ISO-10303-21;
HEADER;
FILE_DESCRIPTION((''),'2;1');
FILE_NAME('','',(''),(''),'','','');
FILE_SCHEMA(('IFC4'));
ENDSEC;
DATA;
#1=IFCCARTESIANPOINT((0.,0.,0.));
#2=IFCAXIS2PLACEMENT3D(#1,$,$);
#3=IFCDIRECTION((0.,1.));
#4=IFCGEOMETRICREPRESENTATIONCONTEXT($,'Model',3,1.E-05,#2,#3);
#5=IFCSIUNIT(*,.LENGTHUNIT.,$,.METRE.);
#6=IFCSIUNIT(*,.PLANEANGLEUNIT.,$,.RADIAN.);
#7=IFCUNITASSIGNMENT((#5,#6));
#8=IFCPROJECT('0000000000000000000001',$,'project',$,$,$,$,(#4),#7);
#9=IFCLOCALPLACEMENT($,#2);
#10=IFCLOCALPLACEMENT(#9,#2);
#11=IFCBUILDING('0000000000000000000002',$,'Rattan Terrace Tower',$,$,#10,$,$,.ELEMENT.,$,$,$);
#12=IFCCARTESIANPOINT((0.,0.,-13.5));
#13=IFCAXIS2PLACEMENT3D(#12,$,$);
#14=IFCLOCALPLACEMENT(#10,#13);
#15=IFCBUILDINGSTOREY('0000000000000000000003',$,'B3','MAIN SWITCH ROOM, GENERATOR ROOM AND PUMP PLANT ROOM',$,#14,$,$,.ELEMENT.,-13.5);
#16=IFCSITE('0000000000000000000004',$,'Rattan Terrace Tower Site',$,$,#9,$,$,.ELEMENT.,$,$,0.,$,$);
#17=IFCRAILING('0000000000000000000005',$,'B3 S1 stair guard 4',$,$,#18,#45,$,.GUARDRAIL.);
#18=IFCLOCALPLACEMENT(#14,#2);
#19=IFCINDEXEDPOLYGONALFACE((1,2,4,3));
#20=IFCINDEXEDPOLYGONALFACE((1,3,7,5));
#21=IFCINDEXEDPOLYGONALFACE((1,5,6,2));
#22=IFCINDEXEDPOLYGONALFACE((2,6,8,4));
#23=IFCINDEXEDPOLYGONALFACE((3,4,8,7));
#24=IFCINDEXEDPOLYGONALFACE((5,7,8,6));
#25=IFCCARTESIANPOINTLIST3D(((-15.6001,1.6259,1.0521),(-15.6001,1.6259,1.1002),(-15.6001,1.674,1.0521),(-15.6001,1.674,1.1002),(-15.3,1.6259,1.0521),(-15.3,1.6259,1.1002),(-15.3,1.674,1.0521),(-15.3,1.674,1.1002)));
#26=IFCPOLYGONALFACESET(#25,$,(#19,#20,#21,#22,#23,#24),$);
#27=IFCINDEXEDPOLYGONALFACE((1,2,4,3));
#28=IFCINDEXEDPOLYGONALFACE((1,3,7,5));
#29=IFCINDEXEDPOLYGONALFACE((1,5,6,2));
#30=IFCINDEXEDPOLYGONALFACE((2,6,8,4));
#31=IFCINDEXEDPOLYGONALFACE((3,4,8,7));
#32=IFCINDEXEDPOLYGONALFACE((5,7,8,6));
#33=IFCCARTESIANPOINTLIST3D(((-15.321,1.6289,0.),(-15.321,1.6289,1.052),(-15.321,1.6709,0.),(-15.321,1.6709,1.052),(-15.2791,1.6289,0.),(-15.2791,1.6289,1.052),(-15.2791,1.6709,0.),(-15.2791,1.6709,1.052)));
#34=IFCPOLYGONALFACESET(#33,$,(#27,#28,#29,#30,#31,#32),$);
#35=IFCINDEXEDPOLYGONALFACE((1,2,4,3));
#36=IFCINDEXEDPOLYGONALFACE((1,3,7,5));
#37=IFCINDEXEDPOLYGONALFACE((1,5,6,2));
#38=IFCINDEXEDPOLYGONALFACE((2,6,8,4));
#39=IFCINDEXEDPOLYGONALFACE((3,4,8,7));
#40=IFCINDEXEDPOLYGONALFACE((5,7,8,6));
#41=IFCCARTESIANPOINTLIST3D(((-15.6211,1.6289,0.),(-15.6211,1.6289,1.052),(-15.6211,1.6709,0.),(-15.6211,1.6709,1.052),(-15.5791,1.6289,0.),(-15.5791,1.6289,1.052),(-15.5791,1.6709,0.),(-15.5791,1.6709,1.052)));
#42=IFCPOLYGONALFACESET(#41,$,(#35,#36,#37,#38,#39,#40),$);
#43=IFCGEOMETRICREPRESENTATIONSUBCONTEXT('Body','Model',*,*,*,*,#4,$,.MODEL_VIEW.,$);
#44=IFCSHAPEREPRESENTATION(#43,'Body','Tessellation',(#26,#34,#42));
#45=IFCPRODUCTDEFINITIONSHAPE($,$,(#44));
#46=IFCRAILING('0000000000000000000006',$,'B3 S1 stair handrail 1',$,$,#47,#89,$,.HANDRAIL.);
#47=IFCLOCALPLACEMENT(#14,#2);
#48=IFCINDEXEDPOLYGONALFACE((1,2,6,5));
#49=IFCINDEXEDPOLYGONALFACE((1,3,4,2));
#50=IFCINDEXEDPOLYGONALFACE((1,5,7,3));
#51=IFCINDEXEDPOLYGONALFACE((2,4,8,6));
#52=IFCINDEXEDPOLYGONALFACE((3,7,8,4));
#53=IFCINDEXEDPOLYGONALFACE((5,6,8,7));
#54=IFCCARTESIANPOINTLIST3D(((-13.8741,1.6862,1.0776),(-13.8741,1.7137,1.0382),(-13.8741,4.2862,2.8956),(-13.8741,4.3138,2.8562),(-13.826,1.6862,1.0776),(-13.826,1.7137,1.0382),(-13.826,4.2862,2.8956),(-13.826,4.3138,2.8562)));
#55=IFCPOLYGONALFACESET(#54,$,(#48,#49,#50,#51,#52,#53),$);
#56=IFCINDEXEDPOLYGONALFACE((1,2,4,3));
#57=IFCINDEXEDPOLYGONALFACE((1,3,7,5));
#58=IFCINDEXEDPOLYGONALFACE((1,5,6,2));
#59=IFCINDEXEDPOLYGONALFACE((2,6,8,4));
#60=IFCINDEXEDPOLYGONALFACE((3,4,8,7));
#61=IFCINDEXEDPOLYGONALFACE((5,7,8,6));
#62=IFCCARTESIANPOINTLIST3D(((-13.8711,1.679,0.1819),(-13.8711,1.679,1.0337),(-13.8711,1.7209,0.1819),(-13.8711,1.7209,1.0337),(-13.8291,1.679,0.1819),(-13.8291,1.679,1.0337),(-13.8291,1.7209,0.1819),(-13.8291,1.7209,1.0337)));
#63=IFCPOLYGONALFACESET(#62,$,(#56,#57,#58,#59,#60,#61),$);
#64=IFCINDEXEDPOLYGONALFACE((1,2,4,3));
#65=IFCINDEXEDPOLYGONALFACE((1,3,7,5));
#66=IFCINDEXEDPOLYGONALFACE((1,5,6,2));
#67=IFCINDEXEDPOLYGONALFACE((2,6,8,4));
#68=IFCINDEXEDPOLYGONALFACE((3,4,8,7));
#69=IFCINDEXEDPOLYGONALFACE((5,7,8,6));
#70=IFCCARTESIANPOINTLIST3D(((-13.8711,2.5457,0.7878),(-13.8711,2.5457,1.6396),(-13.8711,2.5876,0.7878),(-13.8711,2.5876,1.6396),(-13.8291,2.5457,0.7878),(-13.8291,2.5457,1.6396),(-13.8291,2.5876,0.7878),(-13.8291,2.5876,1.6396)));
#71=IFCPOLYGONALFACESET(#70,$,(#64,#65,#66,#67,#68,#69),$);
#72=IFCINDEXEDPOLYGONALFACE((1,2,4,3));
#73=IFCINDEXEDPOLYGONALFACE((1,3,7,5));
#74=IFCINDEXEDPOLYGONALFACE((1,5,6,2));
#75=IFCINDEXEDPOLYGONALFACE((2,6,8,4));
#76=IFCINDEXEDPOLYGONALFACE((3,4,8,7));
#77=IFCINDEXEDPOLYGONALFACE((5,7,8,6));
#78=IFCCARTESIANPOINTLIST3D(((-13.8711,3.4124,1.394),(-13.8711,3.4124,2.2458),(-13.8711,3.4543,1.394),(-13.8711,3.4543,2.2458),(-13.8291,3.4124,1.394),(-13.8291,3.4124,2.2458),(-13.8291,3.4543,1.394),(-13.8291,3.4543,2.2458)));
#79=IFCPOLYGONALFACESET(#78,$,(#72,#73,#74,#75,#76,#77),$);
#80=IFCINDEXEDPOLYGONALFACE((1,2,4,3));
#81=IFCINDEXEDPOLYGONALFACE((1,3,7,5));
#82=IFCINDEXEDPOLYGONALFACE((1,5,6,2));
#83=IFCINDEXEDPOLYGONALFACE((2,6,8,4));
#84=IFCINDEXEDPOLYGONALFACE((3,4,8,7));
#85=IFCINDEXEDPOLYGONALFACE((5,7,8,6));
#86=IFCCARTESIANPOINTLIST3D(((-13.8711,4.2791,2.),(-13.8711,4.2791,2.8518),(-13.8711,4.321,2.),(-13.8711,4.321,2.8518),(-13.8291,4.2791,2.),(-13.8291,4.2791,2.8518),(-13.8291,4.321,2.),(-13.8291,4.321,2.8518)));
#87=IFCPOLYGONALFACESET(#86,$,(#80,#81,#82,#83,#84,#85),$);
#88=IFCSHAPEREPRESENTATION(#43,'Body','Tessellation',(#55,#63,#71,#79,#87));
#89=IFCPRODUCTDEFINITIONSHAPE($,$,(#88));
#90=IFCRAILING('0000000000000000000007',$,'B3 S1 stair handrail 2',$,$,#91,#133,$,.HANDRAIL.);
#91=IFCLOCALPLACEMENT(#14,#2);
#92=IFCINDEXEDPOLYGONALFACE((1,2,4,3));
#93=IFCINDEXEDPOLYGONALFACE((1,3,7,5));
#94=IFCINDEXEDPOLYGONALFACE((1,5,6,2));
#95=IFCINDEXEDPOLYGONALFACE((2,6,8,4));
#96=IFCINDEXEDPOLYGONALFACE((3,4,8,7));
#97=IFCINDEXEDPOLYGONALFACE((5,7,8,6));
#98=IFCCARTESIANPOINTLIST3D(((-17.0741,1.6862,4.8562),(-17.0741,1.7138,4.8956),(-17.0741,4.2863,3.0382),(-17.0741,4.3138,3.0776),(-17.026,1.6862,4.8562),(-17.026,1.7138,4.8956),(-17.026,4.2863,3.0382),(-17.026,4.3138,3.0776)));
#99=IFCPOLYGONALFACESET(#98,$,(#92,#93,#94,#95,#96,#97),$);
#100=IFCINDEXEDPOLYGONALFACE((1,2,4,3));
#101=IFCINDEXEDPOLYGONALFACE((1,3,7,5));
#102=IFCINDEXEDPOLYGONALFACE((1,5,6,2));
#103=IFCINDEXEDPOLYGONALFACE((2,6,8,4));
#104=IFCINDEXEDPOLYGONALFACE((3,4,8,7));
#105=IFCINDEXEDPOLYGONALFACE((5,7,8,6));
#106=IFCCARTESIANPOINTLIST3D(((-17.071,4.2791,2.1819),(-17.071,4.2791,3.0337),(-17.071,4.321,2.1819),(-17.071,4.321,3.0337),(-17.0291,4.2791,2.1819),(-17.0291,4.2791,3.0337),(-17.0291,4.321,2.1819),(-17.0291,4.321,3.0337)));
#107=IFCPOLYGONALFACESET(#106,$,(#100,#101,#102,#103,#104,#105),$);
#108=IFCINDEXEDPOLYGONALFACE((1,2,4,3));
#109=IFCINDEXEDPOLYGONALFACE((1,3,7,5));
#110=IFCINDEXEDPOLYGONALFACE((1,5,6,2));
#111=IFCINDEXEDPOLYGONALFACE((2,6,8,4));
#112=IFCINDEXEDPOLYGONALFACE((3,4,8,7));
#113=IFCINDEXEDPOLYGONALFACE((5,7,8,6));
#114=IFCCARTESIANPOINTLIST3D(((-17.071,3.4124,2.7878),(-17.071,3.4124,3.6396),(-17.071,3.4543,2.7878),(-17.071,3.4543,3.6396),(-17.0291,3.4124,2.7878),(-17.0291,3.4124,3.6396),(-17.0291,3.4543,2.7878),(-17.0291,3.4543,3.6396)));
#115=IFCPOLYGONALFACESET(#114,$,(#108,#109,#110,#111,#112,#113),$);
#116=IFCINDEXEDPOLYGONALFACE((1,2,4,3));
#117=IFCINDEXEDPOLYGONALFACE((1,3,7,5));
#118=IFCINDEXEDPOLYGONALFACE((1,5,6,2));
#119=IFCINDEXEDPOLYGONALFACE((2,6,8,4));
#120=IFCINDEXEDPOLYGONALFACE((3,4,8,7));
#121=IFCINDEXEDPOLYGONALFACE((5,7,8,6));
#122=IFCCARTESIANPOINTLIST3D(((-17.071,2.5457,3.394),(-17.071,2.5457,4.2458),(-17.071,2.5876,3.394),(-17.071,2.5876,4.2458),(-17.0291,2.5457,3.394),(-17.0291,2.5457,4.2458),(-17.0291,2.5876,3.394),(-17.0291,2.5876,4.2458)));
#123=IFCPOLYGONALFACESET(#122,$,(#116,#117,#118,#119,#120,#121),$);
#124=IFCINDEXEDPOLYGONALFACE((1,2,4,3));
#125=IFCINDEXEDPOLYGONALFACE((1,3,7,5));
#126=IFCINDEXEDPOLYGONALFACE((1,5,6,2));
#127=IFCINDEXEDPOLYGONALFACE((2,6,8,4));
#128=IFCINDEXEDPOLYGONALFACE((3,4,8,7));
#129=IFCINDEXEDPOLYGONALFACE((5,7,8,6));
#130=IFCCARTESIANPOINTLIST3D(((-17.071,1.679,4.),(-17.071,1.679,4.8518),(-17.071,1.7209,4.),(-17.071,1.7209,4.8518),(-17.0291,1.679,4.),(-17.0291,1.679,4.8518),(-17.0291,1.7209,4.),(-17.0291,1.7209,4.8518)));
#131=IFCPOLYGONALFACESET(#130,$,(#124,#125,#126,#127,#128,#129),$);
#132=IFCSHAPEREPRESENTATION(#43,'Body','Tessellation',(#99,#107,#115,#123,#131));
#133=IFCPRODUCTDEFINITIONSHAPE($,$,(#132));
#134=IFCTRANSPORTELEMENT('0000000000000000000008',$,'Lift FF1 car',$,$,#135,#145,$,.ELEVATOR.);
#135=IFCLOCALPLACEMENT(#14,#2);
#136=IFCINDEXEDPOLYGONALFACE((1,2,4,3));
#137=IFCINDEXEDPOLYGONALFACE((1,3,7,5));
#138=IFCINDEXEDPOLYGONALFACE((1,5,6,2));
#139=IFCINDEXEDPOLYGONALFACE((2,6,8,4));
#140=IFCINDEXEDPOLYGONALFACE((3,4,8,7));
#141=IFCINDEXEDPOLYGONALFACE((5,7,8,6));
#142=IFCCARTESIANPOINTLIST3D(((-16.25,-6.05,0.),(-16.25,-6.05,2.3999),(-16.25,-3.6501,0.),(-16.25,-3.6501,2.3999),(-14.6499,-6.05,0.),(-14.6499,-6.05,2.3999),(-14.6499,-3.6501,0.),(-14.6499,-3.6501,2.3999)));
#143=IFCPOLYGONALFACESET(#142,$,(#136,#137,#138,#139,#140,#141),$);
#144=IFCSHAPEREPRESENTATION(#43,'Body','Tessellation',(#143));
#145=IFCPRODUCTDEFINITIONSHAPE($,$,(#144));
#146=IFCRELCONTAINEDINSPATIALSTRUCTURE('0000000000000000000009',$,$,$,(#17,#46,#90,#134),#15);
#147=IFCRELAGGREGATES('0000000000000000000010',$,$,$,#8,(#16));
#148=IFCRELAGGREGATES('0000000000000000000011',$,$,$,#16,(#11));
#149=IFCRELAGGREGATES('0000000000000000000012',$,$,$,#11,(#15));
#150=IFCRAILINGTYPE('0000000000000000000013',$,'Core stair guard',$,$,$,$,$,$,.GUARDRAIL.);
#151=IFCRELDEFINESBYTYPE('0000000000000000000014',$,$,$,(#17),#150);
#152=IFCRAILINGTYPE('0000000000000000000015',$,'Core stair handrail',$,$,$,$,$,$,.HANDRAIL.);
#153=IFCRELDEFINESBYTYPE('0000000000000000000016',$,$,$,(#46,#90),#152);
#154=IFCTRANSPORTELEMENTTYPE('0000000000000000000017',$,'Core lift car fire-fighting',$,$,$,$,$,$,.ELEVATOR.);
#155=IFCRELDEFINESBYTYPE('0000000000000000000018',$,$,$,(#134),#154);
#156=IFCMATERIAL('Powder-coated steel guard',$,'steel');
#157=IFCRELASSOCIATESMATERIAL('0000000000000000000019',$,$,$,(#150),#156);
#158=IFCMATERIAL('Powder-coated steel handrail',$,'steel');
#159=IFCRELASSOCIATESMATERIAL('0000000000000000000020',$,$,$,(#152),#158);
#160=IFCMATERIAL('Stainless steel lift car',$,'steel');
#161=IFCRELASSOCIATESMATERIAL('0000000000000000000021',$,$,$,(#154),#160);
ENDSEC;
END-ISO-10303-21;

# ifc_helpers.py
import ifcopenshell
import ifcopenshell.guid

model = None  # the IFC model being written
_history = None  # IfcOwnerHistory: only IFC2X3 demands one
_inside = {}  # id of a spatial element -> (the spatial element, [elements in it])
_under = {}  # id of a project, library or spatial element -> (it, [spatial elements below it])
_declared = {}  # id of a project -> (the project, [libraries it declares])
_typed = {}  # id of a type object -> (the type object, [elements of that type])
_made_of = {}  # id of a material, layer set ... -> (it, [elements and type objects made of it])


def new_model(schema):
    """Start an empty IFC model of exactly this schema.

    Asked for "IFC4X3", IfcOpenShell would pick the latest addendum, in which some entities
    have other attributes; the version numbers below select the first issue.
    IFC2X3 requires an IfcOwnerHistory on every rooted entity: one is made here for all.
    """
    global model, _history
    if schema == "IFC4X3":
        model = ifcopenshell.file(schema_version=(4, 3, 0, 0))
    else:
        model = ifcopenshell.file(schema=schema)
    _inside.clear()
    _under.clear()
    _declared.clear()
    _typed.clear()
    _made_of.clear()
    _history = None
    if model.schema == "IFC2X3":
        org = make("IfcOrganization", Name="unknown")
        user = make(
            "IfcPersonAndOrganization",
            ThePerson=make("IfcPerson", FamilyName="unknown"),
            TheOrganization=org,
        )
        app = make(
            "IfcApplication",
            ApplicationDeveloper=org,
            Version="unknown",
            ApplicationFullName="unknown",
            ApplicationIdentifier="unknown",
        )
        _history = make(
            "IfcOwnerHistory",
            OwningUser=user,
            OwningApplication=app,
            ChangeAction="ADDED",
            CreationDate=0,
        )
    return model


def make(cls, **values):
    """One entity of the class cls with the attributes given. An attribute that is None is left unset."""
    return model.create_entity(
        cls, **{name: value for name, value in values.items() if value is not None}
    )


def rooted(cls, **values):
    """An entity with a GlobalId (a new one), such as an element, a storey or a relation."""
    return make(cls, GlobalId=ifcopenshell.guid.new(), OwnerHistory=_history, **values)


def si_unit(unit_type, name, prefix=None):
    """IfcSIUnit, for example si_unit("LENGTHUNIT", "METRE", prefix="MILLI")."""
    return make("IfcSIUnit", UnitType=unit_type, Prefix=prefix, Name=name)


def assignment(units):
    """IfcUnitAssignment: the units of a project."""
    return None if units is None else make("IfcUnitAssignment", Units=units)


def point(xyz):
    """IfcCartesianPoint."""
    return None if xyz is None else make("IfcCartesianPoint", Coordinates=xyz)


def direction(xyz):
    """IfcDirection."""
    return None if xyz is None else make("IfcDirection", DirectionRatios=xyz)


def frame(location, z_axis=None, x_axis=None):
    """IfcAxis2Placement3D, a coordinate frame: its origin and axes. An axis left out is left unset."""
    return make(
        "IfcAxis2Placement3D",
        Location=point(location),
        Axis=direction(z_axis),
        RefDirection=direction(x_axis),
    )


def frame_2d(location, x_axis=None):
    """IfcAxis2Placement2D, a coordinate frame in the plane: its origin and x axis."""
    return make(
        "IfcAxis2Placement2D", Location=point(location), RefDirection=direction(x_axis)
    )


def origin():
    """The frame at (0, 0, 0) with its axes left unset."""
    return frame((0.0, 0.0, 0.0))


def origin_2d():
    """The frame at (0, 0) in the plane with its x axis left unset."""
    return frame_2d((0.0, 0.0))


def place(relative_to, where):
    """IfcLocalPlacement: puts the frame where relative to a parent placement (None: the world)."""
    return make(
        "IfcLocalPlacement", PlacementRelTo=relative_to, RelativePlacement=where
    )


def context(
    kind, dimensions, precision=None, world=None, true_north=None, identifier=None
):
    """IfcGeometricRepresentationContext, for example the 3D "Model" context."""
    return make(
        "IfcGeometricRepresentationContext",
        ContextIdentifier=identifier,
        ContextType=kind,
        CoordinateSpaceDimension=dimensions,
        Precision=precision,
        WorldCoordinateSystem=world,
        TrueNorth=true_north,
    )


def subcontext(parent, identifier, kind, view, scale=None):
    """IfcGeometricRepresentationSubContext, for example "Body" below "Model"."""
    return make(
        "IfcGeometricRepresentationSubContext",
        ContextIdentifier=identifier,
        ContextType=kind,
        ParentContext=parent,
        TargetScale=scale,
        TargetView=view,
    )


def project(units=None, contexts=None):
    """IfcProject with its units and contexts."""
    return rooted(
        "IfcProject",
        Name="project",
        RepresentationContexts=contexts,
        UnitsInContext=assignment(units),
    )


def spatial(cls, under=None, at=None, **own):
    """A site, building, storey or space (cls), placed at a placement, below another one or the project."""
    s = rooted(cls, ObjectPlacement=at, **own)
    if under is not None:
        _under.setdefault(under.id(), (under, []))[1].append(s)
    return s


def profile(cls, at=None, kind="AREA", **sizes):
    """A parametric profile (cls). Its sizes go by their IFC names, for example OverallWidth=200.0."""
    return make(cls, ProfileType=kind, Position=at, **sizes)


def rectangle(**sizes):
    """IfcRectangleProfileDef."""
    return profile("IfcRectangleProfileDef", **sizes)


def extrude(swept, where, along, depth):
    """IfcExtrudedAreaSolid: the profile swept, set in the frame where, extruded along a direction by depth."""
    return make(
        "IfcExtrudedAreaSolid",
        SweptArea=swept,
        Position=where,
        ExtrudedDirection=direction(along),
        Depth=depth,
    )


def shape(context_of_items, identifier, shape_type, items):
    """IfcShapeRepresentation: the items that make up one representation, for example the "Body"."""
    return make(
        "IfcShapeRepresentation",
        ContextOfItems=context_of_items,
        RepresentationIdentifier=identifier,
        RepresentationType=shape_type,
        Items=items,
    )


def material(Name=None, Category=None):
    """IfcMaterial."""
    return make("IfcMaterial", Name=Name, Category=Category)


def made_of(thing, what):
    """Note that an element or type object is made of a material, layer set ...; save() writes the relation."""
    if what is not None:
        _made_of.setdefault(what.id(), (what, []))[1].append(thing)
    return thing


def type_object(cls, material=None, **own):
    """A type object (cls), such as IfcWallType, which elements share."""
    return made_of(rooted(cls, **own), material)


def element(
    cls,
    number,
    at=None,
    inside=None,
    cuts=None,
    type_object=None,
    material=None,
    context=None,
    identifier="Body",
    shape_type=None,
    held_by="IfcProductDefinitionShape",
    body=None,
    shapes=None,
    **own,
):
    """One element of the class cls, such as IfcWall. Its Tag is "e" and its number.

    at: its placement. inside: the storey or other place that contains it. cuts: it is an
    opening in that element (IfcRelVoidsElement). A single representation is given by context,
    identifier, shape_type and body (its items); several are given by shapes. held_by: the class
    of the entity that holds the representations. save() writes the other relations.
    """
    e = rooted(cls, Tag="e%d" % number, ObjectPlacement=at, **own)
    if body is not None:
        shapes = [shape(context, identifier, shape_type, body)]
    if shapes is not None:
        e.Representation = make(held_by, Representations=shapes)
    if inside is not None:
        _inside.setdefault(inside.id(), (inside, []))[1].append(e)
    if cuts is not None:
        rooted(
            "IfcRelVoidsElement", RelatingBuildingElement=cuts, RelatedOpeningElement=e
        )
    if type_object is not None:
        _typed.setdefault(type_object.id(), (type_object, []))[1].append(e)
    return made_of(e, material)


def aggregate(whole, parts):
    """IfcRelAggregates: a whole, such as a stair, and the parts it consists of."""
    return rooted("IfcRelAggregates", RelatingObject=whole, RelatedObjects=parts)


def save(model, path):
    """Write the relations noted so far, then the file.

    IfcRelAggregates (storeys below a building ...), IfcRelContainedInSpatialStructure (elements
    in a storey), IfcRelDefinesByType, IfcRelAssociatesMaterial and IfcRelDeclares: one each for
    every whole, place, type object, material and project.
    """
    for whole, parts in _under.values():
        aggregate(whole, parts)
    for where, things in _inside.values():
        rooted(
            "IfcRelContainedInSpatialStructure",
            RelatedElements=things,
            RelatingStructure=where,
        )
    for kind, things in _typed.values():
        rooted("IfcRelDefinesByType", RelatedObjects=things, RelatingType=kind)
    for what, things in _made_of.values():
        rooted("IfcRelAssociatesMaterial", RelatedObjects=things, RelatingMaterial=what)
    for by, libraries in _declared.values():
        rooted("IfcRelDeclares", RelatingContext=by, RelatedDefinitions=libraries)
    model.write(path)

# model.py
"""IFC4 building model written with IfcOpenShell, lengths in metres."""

from ifc_helpers import new_model, si_unit, direction, frame, origin, origin_2d, place, context, subcontext, project, spatial, rectangle, extrude, material, type_object, element, save


model = new_model("IFC4")

# Units and contexts
model_context = context("Model", 3, precision=1e-05, world=origin(), true_north=direction((0.0, 1.0)))
body_context = subcontext(model_context, "Body", "Model", "MODEL_VIEW")
ifc_project = project(units=[si_unit("LENGTHUNIT", "METRE"), si_unit("PLANEANGLEUNIT", "RADIAN")], contexts=[model_context])

# Site, building, storey
site_placement = place(None, origin())
site = spatial("IfcSite", under=ifc_project, at=site_placement, Name="Rattan Terrace Tower Site", CompositionType="ELEMENT", RefElevation=0.0)
building_placement = place(site_placement, origin())
building = spatial("IfcBuilding", under=site, at=building_placement, Name="Rattan Terrace Tower", CompositionType="ELEMENT")
storey_placement = place(building_placement, frame((0.0, 0.0, -13.5)))
storey = spatial("IfcBuildingStorey", under=building, at=storey_placement, Name="B3", Description="MAIN SWITCH ROOM, GENERATOR ROOM AND PUMP PLANT ROOM", CompositionType="ELEMENT", Elevation=-13.5)

# Railings
ifc_material_1 = material(Name="Powder-coated steel guard", Category="steel")
railing_type_1 = type_object("IfcRailingType", Name="Core stair guard", PredefinedType="GUARDRAIL", material=ifc_material_1)
railing_1_placement = place(storey_placement, frame((-15.3, 1.6499, 0.0)))
element("IfcRailing", 1, at=railing_1_placement, inside=storey, type_object=railing_type_1, Name="B3 S1 stair guard 4", PredefinedType="GUARDRAIL", context=body_context, shape_type="SweptSolid", body=[
    extrude(rectangle(XDim=0.0481, YDim=0.0481, at=origin_2d()), frame((0.0, 0.0, 1.0762), z_axis=(-1.0, 0.0, 0.0), x_axis=(0.0, -1.0, 0.0)), (0.0, 0.0, 1.0), 0.3),
    extrude(rectangle(XDim=0.042, YDim=0.042, at=origin_2d()), origin(), (0.0, 0.0, 1.0), 1.052),
    extrude(rectangle(XDim=0.042, YDim=0.042, at=origin_2d()), frame((-0.3, 0.0, 0.0)), (0.0, 0.0, 1.0), 1.052),
])
ifc_material_2 = material(Name="Powder-coated steel handrail", Category="steel")
railing_type_2 = type_object("IfcRailingType", Name="Core stair handrail", PredefinedType="HANDRAIL", material=ifc_material_2)
railing_2_placement = place(storey_placement, frame((-13.8501, 1.7, 0.1819)))
element("IfcRailing", 2, at=railing_2_placement, inside=storey, type_object=railing_type_2, Name="B3 S1 stair handrail 1", PredefinedType="HANDRAIL", context=body_context, shape_type="SweptSolid", body=[
    extrude(rectangle(XDim=0.0481, YDim=0.0481, at=origin_2d()), frame((0.0, 0.0, 0.876), z_axis=(0.0, 0.819521, 0.573049), x_axis=(-1.0, 0.0, 0.0)), (0.0, 0.0, 1.0), 3.1726),
    extrude(rectangle(XDim=0.042, YDim=0.042, at=origin_2d()), origin(), (0.0, 0.0, 1.0), 0.8518),
    extrude(rectangle(XDim=0.042, YDim=0.042, at=origin_2d()), frame((0.0, 0.8667, 0.606)), (0.0, 0.0, 1.0), 0.8518),
    extrude(rectangle(XDim=0.042, YDim=0.042, at=origin_2d()), frame((0.0, 1.7334, 1.2122)), (0.0, 0.0, 1.0), 0.8518),
    extrude(rectangle(XDim=0.042, YDim=0.042, at=origin_2d()), frame((0.0, 2.6001, 1.8181)), (0.0, 0.0, 1.0), 0.8518),
])
railing_3_placement = place(storey_placement, frame((-17.05, 4.3, 2.1819)))
element("IfcRailing", 3, at=railing_3_placement, inside=storey, type_object=railing_type_2, Name="B3 S1 stair handrail 2", PredefinedType="HANDRAIL", context=body_context, shape_type="SweptSolid", body=[
    extrude(rectangle(XDim=0.0481, YDim=0.0481, at=origin_2d()), frame((0.0, 0.0, 0.876), z_axis=(0.0, -0.819521, 0.573049), x_axis=(1.0, 0.0, 0.0)), (0.0, 0.0, 1.0), 3.1726),
    extrude(rectangle(XDim=0.042, YDim=0.042, at=origin_2d()), origin(), (0.0, 0.0, 1.0), 0.8518),
    extrude(rectangle(XDim=0.042, YDim=0.042, at=origin_2d()), frame((0.0, -0.8667, 0.606)), (0.0, 0.0, 1.0), 0.8518),
    extrude(rectangle(XDim=0.042, YDim=0.042, at=origin_2d()), frame((0.0, -1.7334, 1.2122)), (0.0, 0.0, 1.0), 0.8518),
    extrude(rectangle(XDim=0.042, YDim=0.042, at=origin_2d()), frame((0.0, -2.6001, 1.8181)), (0.0, 0.0, 1.0), 0.8518),
])

# Transport element
ifc_material_3 = material(Name="Stainless steel lift car", Category="steel")
transport_element_type = type_object("IfcTransportElementType", Name="Core lift car fire-fighting", PredefinedType="ELEVATOR", material=ifc_material_3)
transport_element_placement = place(storey_placement, frame((-15.45, -4.8501, 0.0), z_axis=(0.0, 0.0, 1.0), x_axis=(1.0, 0.0, 0.0)))
element("IfcTransportElement", 4, at=transport_element_placement, inside=storey, type_object=transport_element_type, Name="Lift FF1 car", PredefinedType="ELEVATOR", context=body_context, shape_type="SweptSolid", body=[
    extrude(rectangle(XDim=1.6001, YDim=2.3999, at=origin_2d()), origin(), (0.0, 0.0, 1.0), 2.3999),
])

save(model, "model.ifc")
